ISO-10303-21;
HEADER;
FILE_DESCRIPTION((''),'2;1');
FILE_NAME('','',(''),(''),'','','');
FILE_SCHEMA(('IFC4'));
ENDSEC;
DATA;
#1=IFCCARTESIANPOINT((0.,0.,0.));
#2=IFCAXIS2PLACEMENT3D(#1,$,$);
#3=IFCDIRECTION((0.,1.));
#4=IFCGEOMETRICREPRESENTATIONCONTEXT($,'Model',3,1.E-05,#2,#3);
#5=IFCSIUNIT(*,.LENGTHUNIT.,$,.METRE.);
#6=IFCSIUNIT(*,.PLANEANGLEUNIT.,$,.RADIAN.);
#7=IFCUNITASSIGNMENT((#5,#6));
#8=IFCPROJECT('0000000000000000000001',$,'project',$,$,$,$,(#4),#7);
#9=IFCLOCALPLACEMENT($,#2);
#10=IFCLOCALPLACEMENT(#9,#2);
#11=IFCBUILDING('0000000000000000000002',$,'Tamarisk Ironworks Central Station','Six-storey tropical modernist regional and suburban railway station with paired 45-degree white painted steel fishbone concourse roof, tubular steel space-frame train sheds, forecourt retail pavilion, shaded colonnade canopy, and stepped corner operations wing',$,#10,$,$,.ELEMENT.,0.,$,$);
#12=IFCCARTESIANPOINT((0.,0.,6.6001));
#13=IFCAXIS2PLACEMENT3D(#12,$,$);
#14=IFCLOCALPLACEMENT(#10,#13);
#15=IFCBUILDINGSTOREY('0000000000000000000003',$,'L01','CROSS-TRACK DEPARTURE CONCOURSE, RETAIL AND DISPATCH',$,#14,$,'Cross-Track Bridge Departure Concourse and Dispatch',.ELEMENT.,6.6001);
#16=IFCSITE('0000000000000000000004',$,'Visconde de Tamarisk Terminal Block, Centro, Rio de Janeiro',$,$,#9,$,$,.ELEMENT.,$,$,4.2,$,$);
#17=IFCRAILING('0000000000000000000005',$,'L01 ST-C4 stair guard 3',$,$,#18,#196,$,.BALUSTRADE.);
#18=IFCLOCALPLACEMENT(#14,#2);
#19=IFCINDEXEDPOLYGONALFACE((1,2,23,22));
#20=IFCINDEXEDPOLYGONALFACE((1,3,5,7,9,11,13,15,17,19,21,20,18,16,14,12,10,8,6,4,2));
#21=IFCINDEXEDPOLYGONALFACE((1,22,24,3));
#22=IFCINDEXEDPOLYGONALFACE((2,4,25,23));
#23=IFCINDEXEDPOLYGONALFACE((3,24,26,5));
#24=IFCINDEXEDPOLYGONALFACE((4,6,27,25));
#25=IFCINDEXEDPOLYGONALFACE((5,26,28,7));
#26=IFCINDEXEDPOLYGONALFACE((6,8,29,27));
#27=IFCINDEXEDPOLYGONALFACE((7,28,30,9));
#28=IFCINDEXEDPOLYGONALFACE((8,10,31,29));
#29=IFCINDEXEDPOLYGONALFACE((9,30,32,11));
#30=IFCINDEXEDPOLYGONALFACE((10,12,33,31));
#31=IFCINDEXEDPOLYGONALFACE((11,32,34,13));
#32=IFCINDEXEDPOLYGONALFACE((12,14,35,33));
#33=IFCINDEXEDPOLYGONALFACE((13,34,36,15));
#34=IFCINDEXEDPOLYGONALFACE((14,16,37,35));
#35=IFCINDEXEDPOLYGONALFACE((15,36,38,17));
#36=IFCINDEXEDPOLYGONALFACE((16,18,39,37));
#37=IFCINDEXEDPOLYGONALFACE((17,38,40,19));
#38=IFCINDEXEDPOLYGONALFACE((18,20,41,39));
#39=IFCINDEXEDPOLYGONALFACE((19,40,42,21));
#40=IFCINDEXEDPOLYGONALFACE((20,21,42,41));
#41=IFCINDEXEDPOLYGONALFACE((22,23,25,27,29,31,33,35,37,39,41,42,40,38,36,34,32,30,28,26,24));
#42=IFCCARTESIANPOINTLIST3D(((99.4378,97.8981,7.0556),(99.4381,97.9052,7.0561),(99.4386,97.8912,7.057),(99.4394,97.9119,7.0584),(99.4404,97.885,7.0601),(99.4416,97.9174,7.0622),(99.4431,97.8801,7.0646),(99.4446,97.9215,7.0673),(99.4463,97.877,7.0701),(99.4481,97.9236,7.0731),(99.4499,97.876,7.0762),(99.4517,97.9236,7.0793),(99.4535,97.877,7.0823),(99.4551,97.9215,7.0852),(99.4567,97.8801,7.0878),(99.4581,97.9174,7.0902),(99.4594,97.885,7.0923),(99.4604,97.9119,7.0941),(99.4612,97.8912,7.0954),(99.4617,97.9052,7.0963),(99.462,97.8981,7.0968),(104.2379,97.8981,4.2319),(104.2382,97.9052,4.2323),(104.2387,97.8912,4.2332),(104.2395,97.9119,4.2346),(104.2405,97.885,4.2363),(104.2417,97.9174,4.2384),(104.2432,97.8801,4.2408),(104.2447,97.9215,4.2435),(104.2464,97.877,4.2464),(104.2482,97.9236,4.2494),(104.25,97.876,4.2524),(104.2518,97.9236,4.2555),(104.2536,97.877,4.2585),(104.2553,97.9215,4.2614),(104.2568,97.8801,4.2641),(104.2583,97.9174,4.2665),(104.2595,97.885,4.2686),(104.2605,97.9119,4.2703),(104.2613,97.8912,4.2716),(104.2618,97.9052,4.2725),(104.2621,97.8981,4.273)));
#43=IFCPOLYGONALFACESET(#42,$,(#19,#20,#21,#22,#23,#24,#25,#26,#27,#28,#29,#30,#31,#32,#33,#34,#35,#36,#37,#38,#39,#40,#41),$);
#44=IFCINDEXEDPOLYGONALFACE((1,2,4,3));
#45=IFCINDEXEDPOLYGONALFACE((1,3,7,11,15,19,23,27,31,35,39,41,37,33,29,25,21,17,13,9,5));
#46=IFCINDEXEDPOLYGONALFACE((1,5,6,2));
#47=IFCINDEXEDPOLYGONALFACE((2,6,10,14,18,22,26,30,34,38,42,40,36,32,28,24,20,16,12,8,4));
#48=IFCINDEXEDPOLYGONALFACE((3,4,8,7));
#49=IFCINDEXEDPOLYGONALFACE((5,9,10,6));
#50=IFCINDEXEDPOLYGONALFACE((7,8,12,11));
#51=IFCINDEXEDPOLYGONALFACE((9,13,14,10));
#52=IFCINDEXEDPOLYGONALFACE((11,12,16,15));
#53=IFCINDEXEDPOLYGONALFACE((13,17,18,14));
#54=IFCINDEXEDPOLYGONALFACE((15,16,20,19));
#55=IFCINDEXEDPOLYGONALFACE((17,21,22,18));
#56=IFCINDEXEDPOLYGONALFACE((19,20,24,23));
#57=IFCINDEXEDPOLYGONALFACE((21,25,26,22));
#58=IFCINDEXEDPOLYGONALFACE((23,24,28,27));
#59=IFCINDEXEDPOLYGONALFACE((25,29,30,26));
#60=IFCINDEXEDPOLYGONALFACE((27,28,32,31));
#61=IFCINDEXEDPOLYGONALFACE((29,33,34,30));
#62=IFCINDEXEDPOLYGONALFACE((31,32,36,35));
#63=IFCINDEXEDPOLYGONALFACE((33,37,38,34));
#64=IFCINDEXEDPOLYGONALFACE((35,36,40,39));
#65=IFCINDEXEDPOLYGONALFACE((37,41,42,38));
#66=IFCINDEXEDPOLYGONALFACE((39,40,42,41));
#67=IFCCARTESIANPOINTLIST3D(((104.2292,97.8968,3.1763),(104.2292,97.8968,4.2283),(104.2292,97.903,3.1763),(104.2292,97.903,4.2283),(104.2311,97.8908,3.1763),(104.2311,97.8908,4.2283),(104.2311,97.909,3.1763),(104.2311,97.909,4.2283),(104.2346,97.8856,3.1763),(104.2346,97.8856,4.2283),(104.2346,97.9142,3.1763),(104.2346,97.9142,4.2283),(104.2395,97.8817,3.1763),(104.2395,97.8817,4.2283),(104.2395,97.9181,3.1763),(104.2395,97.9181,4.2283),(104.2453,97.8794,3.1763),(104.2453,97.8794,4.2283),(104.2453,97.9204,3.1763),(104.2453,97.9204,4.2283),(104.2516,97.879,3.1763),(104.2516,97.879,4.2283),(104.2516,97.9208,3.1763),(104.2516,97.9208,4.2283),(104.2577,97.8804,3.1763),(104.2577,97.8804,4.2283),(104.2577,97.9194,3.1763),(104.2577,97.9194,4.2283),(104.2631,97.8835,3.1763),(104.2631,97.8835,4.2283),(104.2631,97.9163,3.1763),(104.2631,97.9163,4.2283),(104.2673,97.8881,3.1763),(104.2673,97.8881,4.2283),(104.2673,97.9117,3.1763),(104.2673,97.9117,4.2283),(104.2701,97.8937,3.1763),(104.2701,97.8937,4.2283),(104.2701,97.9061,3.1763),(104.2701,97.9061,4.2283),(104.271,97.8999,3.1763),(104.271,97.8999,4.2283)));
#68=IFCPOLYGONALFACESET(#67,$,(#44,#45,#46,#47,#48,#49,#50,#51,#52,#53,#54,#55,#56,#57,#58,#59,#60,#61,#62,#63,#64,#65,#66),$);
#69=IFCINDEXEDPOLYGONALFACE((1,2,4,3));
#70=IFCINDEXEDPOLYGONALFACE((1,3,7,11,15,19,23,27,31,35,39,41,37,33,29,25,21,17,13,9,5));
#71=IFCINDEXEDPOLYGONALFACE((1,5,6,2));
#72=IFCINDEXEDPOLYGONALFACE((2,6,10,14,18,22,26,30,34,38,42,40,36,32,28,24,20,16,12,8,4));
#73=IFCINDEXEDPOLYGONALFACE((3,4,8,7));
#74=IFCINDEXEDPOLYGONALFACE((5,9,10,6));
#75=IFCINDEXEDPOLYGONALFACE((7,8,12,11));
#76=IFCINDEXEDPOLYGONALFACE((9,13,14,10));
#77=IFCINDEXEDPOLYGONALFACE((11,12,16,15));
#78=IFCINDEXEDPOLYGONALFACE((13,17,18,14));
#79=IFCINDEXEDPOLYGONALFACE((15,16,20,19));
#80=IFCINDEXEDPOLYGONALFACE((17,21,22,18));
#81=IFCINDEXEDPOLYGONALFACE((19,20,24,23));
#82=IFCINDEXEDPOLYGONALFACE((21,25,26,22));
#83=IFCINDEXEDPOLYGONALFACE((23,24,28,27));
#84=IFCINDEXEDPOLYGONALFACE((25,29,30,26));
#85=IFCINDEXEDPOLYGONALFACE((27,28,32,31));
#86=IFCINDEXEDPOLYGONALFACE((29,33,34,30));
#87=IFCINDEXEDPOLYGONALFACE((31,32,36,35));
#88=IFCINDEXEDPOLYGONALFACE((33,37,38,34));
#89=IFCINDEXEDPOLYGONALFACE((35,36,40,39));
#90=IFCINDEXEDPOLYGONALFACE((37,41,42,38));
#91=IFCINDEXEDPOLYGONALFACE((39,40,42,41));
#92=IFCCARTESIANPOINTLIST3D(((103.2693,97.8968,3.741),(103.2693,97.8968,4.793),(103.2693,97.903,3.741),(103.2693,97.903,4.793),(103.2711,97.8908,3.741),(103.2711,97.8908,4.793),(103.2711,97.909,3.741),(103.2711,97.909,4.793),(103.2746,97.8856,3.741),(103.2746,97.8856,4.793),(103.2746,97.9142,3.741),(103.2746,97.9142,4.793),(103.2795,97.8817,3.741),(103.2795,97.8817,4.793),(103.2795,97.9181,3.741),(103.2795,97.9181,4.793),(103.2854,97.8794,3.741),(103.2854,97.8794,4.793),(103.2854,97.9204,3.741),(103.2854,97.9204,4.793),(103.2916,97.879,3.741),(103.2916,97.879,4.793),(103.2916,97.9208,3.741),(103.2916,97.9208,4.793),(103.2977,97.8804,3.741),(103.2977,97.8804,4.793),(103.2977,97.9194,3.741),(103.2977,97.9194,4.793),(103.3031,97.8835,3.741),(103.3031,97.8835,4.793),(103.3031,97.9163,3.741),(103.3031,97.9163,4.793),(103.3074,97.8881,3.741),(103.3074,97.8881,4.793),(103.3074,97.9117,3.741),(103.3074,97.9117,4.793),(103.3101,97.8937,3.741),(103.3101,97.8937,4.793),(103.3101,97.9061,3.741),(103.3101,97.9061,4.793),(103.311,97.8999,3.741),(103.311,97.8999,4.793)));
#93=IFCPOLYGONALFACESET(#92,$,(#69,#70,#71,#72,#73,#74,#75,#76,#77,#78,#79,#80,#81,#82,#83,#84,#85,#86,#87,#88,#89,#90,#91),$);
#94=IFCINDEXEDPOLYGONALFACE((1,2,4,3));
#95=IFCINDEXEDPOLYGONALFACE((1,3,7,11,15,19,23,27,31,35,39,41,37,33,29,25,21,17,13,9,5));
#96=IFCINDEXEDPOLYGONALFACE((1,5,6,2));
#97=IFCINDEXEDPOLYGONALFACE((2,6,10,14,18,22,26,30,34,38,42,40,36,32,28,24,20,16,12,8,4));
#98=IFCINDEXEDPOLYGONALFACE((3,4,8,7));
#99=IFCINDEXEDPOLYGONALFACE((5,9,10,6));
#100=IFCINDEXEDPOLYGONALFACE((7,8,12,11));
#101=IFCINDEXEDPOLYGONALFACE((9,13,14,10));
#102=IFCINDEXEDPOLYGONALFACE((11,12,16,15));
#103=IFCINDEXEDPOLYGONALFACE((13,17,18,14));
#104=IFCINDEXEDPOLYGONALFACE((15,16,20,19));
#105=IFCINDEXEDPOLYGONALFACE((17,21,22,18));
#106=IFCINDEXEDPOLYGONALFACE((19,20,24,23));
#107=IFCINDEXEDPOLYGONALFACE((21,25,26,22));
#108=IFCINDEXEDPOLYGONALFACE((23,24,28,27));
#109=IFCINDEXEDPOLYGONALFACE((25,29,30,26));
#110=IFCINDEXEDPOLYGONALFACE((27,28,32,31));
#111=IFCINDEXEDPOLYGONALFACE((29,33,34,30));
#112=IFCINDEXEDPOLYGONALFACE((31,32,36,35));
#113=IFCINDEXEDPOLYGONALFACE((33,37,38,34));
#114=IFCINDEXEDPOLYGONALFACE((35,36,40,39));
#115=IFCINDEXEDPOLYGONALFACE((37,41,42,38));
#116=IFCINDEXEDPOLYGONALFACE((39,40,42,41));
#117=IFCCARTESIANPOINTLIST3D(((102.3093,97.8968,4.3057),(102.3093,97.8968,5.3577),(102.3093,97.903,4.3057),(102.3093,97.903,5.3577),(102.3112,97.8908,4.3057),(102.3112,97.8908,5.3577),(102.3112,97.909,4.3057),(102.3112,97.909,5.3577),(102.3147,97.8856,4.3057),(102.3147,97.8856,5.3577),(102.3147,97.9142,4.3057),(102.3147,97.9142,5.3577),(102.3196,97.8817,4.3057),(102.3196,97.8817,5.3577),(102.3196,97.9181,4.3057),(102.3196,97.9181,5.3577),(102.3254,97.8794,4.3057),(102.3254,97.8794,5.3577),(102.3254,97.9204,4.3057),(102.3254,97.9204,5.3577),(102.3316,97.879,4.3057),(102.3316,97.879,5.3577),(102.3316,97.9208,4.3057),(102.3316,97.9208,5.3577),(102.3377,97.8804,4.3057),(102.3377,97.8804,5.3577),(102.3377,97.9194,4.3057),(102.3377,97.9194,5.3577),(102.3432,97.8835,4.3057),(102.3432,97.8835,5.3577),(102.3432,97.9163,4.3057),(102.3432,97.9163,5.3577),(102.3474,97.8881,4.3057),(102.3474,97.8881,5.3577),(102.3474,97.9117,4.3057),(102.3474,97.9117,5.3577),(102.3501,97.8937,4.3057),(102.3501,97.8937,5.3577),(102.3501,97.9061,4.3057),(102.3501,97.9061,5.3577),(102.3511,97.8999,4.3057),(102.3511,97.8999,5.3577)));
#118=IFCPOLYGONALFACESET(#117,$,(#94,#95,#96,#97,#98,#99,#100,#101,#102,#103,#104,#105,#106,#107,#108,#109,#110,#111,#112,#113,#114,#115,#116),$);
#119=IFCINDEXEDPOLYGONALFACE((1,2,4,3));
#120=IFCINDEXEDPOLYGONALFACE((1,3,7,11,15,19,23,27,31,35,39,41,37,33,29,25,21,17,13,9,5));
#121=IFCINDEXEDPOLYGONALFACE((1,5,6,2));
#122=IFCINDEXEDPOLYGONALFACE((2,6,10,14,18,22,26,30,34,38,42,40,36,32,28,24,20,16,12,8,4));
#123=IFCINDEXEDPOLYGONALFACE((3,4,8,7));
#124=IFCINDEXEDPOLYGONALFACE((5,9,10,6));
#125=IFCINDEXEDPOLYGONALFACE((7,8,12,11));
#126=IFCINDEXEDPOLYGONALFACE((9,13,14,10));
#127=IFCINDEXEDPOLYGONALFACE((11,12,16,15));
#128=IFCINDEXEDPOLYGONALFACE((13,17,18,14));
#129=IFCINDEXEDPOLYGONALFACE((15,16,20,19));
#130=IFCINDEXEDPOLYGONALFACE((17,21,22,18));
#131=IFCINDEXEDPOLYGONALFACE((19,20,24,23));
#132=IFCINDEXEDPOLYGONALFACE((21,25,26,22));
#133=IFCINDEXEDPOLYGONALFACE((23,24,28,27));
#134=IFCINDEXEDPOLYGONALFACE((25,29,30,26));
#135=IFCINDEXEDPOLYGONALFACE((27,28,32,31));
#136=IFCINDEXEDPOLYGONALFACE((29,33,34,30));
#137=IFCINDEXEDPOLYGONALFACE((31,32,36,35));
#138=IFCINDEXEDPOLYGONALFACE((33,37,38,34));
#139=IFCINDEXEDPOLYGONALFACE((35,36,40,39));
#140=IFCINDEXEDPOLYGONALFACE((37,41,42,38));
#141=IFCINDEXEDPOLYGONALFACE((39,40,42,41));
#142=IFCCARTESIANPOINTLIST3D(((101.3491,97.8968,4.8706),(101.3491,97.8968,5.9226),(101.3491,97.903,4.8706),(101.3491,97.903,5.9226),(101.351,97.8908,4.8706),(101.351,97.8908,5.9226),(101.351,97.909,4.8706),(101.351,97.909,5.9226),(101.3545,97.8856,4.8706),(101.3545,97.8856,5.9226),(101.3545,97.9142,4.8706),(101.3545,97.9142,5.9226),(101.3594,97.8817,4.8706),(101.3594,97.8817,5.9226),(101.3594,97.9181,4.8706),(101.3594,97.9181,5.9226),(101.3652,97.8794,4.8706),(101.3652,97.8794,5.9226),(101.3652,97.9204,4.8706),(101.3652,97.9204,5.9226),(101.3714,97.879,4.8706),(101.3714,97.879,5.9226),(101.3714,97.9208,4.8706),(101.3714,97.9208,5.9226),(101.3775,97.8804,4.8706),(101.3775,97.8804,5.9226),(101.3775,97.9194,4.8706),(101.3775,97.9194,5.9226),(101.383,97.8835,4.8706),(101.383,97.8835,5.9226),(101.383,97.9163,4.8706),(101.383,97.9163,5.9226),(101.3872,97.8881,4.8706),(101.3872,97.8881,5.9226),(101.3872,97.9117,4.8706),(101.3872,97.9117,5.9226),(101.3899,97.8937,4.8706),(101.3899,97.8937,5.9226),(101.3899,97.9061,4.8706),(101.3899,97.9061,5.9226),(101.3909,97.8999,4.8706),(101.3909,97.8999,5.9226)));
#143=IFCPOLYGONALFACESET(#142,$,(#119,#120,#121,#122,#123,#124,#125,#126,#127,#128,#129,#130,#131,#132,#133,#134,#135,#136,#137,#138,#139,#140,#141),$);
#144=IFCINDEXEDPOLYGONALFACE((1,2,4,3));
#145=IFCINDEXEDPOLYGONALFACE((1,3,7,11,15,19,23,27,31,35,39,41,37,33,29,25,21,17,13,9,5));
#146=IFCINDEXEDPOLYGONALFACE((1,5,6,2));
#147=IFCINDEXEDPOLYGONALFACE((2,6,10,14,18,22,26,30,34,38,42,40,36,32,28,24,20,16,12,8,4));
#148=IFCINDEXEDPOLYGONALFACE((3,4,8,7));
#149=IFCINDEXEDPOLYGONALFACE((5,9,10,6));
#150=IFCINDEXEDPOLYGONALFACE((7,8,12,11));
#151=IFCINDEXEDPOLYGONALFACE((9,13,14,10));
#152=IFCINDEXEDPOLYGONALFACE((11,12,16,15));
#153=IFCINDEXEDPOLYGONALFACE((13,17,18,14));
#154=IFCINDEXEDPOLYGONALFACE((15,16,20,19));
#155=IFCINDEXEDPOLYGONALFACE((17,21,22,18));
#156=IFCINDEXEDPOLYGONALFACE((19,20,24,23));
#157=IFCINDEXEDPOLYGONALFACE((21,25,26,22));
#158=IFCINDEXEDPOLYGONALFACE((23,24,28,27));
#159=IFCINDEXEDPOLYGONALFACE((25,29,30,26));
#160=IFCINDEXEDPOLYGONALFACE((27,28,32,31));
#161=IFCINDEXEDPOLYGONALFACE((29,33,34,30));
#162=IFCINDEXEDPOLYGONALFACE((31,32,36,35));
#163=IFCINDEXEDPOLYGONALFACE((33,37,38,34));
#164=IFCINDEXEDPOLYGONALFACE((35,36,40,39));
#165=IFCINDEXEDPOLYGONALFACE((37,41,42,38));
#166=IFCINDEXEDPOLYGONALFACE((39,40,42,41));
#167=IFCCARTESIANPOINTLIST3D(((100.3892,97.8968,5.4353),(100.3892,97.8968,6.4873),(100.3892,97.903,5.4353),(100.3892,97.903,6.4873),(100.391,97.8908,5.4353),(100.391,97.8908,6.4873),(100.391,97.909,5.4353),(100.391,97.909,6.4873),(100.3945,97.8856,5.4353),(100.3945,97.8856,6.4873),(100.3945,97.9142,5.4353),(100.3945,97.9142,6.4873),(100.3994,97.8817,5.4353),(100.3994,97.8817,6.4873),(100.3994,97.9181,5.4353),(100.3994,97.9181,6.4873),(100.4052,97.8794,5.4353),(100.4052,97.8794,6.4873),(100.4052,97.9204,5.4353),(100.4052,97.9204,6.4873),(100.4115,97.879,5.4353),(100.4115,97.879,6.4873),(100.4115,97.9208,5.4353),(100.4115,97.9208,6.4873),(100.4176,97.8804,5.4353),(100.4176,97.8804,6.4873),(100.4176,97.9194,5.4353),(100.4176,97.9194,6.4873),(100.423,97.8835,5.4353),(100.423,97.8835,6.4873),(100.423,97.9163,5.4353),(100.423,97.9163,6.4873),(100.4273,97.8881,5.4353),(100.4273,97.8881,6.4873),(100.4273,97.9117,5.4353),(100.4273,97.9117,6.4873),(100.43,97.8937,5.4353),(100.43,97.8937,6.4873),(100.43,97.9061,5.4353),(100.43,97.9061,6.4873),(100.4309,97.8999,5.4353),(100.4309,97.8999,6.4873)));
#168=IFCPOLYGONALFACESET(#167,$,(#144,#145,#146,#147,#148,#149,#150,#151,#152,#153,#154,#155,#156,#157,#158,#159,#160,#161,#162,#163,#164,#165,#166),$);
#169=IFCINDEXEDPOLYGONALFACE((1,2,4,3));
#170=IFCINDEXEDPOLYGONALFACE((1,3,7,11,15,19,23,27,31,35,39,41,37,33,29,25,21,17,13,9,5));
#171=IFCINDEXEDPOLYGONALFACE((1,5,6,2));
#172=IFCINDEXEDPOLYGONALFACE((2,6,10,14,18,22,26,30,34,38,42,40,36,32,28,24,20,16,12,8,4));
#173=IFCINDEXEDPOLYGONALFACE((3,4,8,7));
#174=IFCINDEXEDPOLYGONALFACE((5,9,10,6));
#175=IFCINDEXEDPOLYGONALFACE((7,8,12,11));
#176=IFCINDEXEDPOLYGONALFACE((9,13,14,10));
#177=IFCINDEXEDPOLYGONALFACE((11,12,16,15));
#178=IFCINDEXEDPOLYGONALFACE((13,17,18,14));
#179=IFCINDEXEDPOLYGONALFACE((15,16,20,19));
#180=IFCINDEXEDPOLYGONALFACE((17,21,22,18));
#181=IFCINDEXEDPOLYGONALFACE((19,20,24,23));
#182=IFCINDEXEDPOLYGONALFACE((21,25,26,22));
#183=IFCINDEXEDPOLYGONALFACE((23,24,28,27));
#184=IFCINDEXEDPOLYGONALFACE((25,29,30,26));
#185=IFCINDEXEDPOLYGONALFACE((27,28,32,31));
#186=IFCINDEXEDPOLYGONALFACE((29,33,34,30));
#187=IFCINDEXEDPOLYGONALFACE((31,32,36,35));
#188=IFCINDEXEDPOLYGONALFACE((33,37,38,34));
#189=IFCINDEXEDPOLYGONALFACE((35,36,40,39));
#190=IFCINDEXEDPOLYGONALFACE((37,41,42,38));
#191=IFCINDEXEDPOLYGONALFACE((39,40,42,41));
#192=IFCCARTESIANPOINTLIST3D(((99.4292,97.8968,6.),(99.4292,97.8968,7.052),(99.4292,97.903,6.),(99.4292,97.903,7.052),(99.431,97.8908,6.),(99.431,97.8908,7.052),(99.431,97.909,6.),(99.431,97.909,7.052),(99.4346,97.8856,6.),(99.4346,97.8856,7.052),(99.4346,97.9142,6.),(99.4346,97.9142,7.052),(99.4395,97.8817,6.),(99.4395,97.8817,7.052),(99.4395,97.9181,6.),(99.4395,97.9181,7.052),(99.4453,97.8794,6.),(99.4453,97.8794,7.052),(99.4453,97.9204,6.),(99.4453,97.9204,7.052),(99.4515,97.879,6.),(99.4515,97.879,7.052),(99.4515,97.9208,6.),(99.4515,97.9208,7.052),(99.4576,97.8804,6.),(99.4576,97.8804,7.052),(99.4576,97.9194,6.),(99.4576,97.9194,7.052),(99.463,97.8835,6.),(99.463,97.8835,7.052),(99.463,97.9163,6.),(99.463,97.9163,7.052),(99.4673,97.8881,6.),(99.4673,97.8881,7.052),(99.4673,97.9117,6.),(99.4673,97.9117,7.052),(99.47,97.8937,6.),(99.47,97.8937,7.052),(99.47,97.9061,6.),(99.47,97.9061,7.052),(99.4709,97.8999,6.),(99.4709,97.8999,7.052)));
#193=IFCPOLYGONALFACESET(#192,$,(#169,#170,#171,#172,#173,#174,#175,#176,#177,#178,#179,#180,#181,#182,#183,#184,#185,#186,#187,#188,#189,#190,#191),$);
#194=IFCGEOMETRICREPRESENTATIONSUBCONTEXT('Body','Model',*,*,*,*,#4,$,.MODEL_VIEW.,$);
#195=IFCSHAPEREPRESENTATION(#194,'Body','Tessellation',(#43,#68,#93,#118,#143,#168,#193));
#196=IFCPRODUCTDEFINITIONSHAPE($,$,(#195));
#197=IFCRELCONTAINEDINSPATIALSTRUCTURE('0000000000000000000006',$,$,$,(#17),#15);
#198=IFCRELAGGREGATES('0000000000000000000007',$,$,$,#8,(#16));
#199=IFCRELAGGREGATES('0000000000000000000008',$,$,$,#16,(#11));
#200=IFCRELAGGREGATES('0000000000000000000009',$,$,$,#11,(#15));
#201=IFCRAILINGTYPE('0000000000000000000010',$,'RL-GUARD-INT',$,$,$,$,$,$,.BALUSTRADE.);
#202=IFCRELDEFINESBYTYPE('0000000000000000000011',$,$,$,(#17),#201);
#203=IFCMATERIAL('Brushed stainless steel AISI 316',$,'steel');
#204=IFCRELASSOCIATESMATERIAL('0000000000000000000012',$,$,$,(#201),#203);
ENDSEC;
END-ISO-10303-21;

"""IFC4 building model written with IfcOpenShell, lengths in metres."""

from ifc_helpers import new_model, si_unit, direction, frame, origin, origin_2d, place, context, subcontext, project, spatial, circle, extrude, material, type_object, element, save


model = new_model("IFC4")

# Units and contexts
model_context = context("Model", 3, precision=1e-05, world=origin(), true_north=direction((0.0, 1.0)))
body_context = subcontext(model_context, "Body", "Model", "MODEL_VIEW")
ifc_project = project(units=[si_unit("LENGTHUNIT", "METRE"), si_unit("PLANEANGLEUNIT", "RADIAN")], contexts=[model_context])

# Site, building, storey
site_placement = place(None, origin())
site = spatial("IfcSite", under=ifc_project, at=site_placement, Name="Visconde de Tamarisk Terminal Block, Centro, Rio de Janeiro", CompositionType="ELEMENT", RefElevation=4.2)
building_placement = place(site_placement, origin())
building = spatial("IfcBuilding", under=site, at=building_placement, Name="Tamarisk Ironworks Central Station", Description="Six-storey tropical modernist regional and suburban railway station with paired 45-degree white painted steel fishbone concourse roof, tubular steel space-frame train sheds, forecourt retail pavilion, shaded colonnade canopy, and stepped corner operations wing", CompositionType="ELEMENT", ElevationOfRefHeight=0.0)
storey_placement = place(building_placement, frame((0.0, 0.0, 6.6001)))
storey = spatial("IfcBuildingStorey", under=building, at=storey_placement, Name="L01", Description="CROSS-TRACK DEPARTURE CONCOURSE, RETAIL AND DISPATCH", LongName="Cross-Track Bridge Departure Concourse and Dispatch", CompositionType="ELEMENT", Elevation=6.6001)

# Railing
ifc_material_1 = material(Name="Brushed stainless steel AISI 316", Category="steel")
railing_type_1 = type_object("IfcRailingType", Name="RL-GUARD-INT", PredefinedType="BALUSTRADE", material=ifc_material_1)
railing_1_placement = place(storey_placement, frame((104.25, 97.8999, 3.1763)))
element("IfcRailing", 1, at=railing_1_placement, inside=storey, type_object=railing_type_1, Name="L01 ST-C4 stair guard 3", PredefinedType="BALUSTRADE", context=body_context, shape_type="SweptSolid", body=[
    extrude(circle(Radius=0.0239, at=origin_2d()), frame((0.0, 0.0, 1.0762), z_axis=(-0.861921, 0.0, 0.507043), x_axis=(0.0, -1.0, 0.0)), (0.0, 0.0, 1.0), 5.5691),
    extrude(circle(Radius=0.021, at=origin_2d()), origin(), (0.0, 0.0, 1.0), 1.052),
    extrude(circle(Radius=0.021, at=origin_2d()), frame((-0.96, 0.0, 0.5647)), (0.0, 0.0, 1.0), 1.052),
    extrude(circle(Radius=0.021, at=origin_2d()), frame((-1.9199, 0.0, 1.1294)), (0.0, 0.0, 1.0), 1.052),
    extrude(circle(Radius=0.021, at=origin_2d()), frame((-2.8801, 0.0, 1.6943)), (0.0, 0.0, 1.0), 1.052),
    extrude(circle(Radius=0.021, at=origin_2d()), frame((-3.8401, 0.0, 2.259)), (0.0, 0.0, 1.0), 1.052),
    extrude(circle(Radius=0.021, at=origin_2d()), frame((-4.8, 0.0, 2.8237)), (0.0, 0.0, 1.0), 1.052),
])

save(model, "model.ifc")
